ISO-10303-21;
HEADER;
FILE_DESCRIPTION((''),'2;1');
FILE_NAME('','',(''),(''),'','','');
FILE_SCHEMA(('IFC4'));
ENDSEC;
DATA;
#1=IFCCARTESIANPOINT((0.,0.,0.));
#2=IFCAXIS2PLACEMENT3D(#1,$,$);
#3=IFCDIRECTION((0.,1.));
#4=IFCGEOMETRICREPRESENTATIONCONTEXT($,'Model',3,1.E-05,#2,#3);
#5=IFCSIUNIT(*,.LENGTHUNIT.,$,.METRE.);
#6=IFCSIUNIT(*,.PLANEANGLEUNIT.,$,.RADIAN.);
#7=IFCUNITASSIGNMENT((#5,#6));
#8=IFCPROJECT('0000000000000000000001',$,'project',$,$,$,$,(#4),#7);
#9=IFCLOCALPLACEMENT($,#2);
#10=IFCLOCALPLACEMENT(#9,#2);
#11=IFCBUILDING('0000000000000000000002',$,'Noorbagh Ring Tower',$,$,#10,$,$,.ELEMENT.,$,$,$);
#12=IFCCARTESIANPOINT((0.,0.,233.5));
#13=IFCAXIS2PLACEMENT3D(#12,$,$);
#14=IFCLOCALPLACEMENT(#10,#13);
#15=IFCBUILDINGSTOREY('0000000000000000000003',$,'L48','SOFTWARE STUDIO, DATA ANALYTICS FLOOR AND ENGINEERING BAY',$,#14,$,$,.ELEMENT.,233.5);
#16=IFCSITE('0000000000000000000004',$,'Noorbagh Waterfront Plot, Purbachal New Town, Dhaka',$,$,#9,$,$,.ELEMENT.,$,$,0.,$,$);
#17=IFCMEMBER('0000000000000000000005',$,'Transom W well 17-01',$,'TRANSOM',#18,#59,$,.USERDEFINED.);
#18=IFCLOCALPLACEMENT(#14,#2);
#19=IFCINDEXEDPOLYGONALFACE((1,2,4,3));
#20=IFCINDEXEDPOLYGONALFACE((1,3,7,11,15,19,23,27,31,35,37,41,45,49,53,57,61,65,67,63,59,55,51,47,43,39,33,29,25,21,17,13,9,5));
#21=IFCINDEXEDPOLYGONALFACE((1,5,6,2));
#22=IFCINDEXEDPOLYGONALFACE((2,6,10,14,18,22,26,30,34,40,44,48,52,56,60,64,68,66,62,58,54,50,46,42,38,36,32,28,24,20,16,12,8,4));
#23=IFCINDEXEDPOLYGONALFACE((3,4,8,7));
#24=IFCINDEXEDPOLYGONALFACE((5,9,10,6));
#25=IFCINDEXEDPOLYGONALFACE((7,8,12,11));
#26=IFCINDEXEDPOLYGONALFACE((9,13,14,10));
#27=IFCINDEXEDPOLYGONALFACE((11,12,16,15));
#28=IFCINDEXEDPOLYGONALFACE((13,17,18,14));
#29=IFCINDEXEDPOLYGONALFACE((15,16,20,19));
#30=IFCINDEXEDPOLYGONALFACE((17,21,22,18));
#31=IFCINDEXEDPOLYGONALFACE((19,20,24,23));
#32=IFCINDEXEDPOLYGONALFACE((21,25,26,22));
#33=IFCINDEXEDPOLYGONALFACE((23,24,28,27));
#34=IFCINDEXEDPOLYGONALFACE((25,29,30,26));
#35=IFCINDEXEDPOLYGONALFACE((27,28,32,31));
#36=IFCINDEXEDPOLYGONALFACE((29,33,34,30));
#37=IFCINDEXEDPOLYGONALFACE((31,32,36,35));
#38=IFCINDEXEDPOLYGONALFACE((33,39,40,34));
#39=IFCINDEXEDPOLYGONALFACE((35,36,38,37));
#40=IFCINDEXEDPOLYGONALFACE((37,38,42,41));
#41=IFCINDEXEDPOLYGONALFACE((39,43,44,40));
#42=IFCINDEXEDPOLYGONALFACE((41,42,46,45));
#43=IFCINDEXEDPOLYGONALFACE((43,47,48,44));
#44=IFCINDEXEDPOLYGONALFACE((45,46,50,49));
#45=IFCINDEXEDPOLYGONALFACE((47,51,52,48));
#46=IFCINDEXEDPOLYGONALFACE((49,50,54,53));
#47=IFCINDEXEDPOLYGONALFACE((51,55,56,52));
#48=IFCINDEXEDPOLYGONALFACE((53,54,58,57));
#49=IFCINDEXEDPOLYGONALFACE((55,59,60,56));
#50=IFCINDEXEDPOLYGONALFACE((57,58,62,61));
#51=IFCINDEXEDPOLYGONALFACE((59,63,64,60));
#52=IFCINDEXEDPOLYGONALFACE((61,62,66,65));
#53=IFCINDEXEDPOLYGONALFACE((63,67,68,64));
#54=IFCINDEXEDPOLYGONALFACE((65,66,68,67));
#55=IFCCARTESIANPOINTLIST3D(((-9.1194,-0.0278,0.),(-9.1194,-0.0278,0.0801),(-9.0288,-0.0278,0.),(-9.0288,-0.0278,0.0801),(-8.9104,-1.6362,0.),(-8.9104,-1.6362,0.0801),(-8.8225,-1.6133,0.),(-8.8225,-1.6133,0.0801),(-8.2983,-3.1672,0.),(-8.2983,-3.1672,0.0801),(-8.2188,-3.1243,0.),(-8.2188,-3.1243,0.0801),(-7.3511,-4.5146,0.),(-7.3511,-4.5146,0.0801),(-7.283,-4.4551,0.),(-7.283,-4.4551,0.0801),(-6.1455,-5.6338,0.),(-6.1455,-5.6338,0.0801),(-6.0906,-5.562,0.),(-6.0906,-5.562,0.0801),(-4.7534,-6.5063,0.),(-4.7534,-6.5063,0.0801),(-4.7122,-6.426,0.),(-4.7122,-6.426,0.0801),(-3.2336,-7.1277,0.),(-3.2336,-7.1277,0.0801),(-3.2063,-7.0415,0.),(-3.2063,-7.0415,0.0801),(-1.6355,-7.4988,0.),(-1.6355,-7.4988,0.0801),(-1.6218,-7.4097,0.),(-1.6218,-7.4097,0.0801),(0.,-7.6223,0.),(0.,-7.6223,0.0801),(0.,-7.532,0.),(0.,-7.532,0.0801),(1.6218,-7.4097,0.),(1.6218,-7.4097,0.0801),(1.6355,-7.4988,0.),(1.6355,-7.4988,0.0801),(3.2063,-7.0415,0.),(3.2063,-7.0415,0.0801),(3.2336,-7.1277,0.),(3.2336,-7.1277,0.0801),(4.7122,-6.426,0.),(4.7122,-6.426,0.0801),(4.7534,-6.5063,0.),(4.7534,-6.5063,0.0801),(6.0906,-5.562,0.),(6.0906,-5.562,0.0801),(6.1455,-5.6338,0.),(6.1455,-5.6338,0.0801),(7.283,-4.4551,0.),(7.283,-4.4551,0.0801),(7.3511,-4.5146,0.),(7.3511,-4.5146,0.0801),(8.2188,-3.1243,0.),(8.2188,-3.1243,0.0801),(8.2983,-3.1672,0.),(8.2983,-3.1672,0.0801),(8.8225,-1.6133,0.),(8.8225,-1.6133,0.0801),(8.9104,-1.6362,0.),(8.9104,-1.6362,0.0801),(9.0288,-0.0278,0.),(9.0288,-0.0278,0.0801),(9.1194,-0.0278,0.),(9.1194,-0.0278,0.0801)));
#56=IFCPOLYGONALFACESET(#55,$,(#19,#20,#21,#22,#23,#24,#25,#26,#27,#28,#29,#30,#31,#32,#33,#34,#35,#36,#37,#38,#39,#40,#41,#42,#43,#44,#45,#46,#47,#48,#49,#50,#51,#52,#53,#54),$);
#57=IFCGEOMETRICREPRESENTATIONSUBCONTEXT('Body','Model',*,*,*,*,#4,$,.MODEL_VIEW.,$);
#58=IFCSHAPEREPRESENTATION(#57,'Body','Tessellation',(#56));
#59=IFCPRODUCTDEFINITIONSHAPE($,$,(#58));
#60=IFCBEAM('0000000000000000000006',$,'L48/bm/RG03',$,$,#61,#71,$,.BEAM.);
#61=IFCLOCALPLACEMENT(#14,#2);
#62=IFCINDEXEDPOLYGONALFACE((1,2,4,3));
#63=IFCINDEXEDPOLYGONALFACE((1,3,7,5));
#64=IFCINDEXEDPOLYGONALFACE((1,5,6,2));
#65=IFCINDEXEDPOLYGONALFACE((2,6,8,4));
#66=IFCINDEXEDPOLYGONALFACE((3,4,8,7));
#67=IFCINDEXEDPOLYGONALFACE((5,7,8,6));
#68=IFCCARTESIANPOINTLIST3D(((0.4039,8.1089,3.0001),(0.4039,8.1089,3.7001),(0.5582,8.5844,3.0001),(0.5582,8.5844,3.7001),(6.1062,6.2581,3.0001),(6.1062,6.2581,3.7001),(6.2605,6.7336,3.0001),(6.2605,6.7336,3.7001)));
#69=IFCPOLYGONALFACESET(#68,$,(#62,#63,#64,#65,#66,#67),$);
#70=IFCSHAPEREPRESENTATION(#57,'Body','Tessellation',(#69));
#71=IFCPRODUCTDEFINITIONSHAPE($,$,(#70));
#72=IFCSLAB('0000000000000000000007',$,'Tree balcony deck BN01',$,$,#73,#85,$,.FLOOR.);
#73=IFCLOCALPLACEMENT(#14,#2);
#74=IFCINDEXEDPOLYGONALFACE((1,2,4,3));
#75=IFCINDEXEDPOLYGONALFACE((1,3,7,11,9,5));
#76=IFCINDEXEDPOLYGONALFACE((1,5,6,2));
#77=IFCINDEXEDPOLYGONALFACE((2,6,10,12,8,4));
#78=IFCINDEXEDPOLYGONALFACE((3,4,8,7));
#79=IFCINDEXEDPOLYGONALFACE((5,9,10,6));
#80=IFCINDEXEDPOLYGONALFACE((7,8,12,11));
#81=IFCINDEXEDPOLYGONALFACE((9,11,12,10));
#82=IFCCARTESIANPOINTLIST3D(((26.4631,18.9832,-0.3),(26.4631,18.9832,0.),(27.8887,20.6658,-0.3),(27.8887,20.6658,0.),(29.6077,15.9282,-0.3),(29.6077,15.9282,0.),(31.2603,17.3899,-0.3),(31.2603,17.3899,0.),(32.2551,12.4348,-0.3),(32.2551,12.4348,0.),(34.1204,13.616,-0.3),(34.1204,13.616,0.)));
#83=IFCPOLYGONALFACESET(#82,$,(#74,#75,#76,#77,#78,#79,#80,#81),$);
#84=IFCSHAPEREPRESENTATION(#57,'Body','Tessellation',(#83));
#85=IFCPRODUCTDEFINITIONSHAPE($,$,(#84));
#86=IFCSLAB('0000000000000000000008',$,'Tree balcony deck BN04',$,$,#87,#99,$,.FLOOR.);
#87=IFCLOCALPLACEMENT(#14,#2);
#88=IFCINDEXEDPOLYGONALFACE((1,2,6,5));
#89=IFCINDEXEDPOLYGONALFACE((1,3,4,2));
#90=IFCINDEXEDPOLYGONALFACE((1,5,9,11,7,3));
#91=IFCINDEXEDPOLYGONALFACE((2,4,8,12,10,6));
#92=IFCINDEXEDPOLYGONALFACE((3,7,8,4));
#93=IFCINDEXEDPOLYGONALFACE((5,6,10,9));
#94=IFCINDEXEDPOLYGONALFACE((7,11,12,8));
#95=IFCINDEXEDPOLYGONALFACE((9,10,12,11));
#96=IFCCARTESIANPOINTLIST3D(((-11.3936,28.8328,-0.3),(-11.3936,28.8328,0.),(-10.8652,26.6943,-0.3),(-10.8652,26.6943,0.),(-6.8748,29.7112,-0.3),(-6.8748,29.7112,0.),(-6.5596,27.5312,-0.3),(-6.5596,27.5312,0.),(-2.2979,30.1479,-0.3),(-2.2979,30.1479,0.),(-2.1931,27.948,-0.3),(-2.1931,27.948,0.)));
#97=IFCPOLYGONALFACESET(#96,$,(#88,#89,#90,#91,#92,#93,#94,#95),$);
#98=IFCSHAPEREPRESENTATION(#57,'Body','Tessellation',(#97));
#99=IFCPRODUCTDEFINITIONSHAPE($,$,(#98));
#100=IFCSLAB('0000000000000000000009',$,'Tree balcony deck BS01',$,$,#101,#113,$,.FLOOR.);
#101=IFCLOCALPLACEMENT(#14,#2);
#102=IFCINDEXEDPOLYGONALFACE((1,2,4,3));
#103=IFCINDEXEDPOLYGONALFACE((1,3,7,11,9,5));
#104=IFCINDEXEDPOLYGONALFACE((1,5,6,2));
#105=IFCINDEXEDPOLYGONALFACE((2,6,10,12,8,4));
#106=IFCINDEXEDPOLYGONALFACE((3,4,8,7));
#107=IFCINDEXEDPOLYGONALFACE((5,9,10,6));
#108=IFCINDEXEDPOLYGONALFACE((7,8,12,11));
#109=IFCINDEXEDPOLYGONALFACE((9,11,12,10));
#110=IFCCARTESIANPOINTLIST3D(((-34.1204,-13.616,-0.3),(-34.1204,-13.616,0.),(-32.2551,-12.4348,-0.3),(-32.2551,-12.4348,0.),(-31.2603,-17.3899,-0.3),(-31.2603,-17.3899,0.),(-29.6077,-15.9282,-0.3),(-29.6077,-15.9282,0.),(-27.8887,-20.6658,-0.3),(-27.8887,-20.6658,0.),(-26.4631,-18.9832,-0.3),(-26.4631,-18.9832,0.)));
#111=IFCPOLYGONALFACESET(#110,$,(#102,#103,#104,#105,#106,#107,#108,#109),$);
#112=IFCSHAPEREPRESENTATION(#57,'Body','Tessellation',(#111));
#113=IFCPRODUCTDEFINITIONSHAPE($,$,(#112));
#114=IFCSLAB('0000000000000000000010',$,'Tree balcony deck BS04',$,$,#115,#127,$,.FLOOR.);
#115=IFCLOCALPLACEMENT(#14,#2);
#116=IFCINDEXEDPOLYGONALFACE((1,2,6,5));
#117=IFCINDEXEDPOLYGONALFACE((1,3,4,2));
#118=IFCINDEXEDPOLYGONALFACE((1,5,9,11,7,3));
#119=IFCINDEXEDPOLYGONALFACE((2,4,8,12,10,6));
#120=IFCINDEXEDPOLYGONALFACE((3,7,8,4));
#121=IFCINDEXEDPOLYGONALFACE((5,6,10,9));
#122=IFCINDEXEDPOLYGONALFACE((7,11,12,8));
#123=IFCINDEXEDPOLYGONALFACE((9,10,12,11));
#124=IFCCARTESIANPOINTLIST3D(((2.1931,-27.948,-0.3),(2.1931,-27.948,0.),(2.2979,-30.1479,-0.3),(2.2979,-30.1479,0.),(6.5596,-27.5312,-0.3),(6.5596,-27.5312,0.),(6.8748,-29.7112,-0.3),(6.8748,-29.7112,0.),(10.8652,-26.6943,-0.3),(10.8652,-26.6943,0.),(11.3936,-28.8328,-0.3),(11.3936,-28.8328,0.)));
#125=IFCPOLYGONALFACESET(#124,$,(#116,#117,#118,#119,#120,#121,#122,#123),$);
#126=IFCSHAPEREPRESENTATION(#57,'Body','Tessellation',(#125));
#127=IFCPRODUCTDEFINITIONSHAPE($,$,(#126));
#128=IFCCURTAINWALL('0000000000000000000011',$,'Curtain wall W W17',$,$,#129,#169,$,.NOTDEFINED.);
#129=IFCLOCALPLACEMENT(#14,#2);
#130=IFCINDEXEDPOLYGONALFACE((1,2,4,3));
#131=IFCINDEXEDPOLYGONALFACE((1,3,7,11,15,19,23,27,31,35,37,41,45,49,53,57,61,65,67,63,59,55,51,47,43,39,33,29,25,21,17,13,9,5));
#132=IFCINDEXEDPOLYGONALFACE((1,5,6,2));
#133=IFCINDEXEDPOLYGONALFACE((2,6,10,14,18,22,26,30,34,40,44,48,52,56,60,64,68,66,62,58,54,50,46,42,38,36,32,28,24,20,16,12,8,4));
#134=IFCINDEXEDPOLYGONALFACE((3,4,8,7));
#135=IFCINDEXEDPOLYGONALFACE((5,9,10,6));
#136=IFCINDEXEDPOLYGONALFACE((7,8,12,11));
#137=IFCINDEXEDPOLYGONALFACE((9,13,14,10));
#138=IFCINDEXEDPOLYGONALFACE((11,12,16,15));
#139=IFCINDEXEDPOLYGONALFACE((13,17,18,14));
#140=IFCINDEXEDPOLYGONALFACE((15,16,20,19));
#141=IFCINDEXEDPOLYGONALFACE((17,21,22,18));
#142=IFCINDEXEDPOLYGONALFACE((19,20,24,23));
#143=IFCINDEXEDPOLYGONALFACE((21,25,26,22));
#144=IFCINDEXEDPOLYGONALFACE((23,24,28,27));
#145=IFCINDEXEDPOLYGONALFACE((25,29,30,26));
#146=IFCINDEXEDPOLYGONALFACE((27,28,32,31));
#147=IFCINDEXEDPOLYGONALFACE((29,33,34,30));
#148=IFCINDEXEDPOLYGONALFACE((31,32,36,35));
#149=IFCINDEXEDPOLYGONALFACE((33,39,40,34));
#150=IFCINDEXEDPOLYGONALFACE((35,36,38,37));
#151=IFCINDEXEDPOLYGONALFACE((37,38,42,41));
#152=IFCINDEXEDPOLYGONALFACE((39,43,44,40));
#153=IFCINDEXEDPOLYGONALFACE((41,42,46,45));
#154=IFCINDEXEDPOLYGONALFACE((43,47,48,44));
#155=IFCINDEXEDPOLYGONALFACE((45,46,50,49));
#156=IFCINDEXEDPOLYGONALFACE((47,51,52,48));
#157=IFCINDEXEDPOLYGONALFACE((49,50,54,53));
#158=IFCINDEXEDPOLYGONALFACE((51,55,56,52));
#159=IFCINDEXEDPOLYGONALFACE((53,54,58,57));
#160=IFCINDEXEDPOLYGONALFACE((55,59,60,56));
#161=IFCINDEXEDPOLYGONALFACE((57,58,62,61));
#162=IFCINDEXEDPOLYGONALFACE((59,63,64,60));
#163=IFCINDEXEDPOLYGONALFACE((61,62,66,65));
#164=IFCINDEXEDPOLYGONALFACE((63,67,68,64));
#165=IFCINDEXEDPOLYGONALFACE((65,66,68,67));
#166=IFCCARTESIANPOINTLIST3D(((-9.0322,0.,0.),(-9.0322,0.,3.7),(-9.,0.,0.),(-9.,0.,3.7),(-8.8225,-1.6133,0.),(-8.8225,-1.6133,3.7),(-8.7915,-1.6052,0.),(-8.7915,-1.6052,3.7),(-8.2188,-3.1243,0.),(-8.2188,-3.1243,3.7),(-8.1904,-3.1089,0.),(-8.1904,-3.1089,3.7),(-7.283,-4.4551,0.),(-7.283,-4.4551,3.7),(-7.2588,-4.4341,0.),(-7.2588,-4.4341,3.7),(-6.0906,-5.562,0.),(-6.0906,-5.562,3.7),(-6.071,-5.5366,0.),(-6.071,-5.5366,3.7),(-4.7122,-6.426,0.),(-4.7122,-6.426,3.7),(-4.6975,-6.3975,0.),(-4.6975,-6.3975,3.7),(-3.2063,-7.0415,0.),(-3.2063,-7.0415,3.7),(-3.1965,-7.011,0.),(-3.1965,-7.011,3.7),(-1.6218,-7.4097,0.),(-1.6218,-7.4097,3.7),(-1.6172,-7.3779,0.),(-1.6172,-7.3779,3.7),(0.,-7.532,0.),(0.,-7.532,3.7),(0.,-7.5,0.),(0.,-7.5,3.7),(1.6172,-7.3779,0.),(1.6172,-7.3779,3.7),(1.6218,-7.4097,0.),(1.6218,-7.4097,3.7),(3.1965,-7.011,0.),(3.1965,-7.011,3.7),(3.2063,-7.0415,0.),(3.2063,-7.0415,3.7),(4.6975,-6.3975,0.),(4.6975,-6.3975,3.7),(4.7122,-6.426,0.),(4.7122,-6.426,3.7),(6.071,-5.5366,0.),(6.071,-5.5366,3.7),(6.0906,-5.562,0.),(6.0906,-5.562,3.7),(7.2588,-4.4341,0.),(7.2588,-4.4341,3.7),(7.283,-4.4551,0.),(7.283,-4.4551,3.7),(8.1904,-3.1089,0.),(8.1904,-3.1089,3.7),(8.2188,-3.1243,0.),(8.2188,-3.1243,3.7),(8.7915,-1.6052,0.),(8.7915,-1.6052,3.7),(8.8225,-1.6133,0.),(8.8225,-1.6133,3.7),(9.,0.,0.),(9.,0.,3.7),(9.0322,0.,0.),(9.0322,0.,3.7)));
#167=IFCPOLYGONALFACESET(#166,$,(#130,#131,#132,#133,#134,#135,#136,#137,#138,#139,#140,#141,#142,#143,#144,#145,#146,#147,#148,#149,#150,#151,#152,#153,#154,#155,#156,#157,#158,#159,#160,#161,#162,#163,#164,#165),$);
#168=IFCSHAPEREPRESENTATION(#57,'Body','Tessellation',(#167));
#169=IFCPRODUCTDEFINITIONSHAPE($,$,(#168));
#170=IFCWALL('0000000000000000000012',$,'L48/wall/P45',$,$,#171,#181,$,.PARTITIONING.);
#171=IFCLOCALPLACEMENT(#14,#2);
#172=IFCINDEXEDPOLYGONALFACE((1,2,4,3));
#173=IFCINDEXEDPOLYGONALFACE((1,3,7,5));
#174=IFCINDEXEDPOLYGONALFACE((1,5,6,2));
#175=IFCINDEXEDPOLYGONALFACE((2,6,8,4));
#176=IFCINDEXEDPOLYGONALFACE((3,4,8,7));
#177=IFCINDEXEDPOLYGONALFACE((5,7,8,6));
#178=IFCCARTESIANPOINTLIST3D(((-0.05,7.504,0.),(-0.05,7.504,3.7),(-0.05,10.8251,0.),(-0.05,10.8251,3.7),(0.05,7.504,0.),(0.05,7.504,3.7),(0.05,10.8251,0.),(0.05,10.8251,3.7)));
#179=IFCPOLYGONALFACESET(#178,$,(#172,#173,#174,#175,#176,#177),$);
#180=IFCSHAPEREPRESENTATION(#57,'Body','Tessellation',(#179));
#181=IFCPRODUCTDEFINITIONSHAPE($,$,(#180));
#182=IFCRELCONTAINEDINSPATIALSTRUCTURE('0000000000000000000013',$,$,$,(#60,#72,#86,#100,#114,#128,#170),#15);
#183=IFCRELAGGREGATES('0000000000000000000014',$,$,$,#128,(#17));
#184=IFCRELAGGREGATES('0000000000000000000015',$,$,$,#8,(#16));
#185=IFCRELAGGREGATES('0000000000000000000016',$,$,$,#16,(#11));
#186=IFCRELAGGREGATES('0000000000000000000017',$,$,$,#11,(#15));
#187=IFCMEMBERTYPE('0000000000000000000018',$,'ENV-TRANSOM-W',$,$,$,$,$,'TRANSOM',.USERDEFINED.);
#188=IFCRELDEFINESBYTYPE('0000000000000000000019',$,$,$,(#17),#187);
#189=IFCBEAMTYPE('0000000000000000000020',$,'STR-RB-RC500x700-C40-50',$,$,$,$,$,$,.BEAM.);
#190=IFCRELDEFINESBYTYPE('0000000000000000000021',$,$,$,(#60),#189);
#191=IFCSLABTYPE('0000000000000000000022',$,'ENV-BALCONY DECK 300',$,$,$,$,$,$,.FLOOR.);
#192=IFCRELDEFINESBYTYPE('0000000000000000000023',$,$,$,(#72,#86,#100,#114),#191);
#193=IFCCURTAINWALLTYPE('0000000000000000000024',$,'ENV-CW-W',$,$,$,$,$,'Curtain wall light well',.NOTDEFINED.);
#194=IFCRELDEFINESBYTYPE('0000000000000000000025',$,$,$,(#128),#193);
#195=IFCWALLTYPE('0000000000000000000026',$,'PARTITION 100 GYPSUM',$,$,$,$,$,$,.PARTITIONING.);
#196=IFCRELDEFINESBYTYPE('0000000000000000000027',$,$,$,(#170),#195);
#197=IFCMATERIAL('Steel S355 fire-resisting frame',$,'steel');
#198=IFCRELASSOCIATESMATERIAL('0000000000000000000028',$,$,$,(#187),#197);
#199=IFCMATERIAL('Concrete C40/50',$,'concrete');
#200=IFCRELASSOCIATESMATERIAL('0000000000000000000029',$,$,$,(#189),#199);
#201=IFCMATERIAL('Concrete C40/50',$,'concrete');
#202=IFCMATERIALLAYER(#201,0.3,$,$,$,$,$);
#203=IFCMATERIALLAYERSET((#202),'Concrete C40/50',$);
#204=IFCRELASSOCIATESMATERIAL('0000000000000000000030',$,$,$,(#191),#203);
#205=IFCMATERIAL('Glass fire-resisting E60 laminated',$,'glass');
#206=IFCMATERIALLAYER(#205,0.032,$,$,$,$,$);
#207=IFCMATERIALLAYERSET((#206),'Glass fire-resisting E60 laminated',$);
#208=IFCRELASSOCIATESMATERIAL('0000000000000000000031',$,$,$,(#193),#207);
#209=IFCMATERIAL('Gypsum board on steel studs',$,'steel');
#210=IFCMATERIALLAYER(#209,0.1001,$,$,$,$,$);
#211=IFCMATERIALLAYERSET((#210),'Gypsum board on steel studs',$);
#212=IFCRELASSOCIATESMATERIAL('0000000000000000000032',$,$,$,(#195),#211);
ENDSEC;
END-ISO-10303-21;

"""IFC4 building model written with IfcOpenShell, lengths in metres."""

from ifc_helpers import new_model, si_unit, direction, frame, frame_2d, origin, origin_2d, place, context, subcontext, project, spatial, polyline, rectangle, outline, extrude, material, layer, layer_set, material_profile, profile_set, type_object, element, aggregate, save


model = new_model("IFC4")

# Units and contexts
model_context = context("Model", 3, precision=1e-05, world=origin(), true_north=direction((0.0, 1.0)))
body_context = subcontext(model_context, "Body", "Model", "MODEL_VIEW")
ifc_project = project(units=[si_unit("LENGTHUNIT", "METRE"), si_unit("PLANEANGLEUNIT", "RADIAN")], contexts=[model_context])

# Site, building, storey
site_placement = place(None, origin())
site = spatial("IfcSite", under=ifc_project, at=site_placement, Name="Noorbagh Waterfront Plot, Purbachal New Town, Dhaka", CompositionType="ELEMENT", RefElevation=0.0)
building_placement = place(site_placement, origin())
building = spatial("IfcBuilding", under=site, at=building_placement, Name="Noorbagh Ring Tower", CompositionType="ELEMENT")
storey_placement = place(building_placement, frame((0.0, 0.0, 233.5)))
storey = spatial("IfcBuildingStorey", under=building, at=storey_placement, Name="L48", Description="SOFTWARE STUDIO, DATA ANALYTICS FLOOR AND ENGINEERING BAY", CompositionType="ELEMENT", Elevation=233.5)

# Member
ifc_material_1 = material(Name="Steel S355 fire-resisting frame", Category="steel")
member_type_1 = type_object("IfcMemberType", Name="ENV-TRANSOM-W", ElementType="TRANSOM", PredefinedType="USERDEFINED", material=ifc_material_1)
member_1_placement = place(storey_placement, origin())
member_1 = element("IfcMember", 1, at=member_1_placement, type_object=member_type_1, Name="Transom W well 17-01", ObjectType="TRANSOM", PredefinedType="USERDEFINED", context=body_context, shape_type="SweptSolid", body=[
    extrude(outline(polyline([(-9.1194, -0.0278), (-8.9104, -1.6362), (-8.2983, -3.1672), (-7.3511, -4.5146), (-6.1455, -5.6338), (-4.7534, -6.5063), (-3.2336, -7.1277), (-1.6355, -7.4988), (0.0, -7.6223), (1.6355, -7.4988), (3.2336, -7.1277), (4.7534, -6.5063), (6.1455, -5.6338), (7.3511, -4.5146), (8.2983, -3.1672), (8.9104, -1.6362), (9.1194, -0.0278), (9.0288, -0.0278), (8.8225, -1.6133), (8.2188, -3.1243), (7.283, -4.4551), (6.0906, -5.562), (4.7122, -6.426), (3.2063, -7.0415), (1.6218, -7.4097), (0.0, -7.532), (-1.6218, -7.4097), (-3.2063, -7.0415), (-4.7122, -6.426), (-6.0906, -5.562), (-7.283, -4.4551), (-8.2188, -3.1243), (-8.8225, -1.6133), (-9.0288, -0.0278), (-9.1194, -0.0278)])), origin(), (0.0, 0.0, 1.0), 0.0801),
])

# Beam
ifc_material_2 = material(Name="Concrete C40/50", Category="concrete")
ifc_material_profile_1 = material_profile(ifc_material_2, rectangle(XDim=0.5, YDim=0.7, at=origin_2d()), Name="RC500x700")
ifc_profile_set_1 = profile_set([ifc_material_profile_1], Name="Concrete C40/50")
beam_type = type_object("IfcBeamType", Name="STR-RB-RC500x700-C40-50", PredefinedType="BEAM", material=ifc_profile_set_1)
beam_placement = place(storey_placement, frame((6.1833, 6.4958, 3.3501), z_axis=(-0.951154, 0.308717, 0.0), x_axis=(-0.308717, -0.951154, 0.0)))
element("IfcBeam", 2, at=beam_placement, inside=storey, type_object=beam_type, Name="L48/bm/RG03", PredefinedType="BEAM", context=body_context, shape_type="SweptSolid", body=[
    extrude(rectangle(XDim=0.5, YDim=0.7, at=origin_2d()), origin(), (0.0, 0.0, 1.0), 5.9951),
])

# Slabs
ifc_material_3 = material(Name="Concrete C40/50", Category="concrete")
ifc_layer_1 = layer(ifc_material_3, 0.3)
ifc_layer_set_1 = layer_set([ifc_layer_1], Name="Concrete C40/50")
slab_type = type_object("IfcSlabType", Name="ENV-BALCONY DECK 300", PredefinedType="FLOOR", material=ifc_layer_set_1)
slab_1_placement = place(storey_placement, frame((0.0, 0.0, -0.3)))
element("IfcSlab", 3, at=slab_1_placement, inside=storey, type_object=slab_type, Name="Tree balcony deck BN01", PredefinedType="FLOOR", context=body_context, shape_type="SweptSolid", body=[
    extrude(outline(polyline([(34.1204, 13.616), (31.2603, 17.3899), (27.8887, 20.6658), (26.4631, 18.9832), (29.6077, 15.9282), (32.2551, 12.4348), (34.1204, 13.616)])), origin(), (0.0, 0.0, 1.0), 0.3),
])
slab_2_placement = place(storey_placement, frame((0.0, 0.0, -0.3)))
element("IfcSlab", 4, at=slab_2_placement, inside=storey, type_object=slab_type, Name="Tree balcony deck BN04", PredefinedType="FLOOR", context=body_context, shape_type="SweptSolid", body=[
    extrude(outline(polyline([(-2.2979, 30.1479), (-6.8748, 29.7112), (-11.3936, 28.8328), (-10.8652, 26.6943), (-6.5596, 27.5312), (-2.1931, 27.948), (-2.2979, 30.1479)])), origin(), (0.0, 0.0, 1.0), 0.3),
])
slab_3_placement = place(storey_placement, frame((0.0, 0.0, -0.3)))
element("IfcSlab", 5, at=slab_3_placement, inside=storey, type_object=slab_type, Name="Tree balcony deck BS01", PredefinedType="FLOOR", context=body_context, shape_type="SweptSolid", body=[
    extrude(outline(polyline([(-34.1204, -13.616), (-31.2603, -17.3899), (-27.8887, -20.6658), (-26.4631, -18.9832), (-29.6077, -15.9282), (-32.2551, -12.4348), (-34.1204, -13.616)])), origin(), (0.0, 0.0, 1.0), 0.3),
])
slab_4_placement = place(storey_placement, frame((0.0, 0.0, -0.3)))
element("IfcSlab", 6, at=slab_4_placement, inside=storey, type_object=slab_type, Name="Tree balcony deck BS04", PredefinedType="FLOOR", context=body_context, shape_type="SweptSolid", body=[
    extrude(outline(polyline([(2.2979, -30.1479), (6.8748, -29.7112), (11.3936, -28.8328), (10.8652, -26.6943), (6.5596, -27.5312), (2.1931, -27.948), (2.2979, -30.1479)])), origin(), (0.0, 0.0, 1.0), 0.3),
])

# Curtain wall
ifc_material_4 = material(Name="Glass fire-resisting E60 laminated", Category="glass")
ifc_layer_2 = layer(ifc_material_4, 0.032)
ifc_layer_set_2 = layer_set([ifc_layer_2], Name="Glass fire-resisting E60 laminated")
curtain_wall_type_1 = type_object("IfcCurtainWallType", Name="ENV-CW-W", ElementType="Curtain wall light well", PredefinedType="NOTDEFINED", material=ifc_layer_set_2)
curtain_wall_1_placement = place(storey_placement, origin())
curtain_wall_1 = element("IfcCurtainWall", 7, at=curtain_wall_1_placement, inside=storey, type_object=curtain_wall_type_1, Name="Curtain wall W W17", PredefinedType="NOTDEFINED", context=body_context, shape_type="SweptSolid", body=[
    extrude(outline(polyline([(-9.0322, 0.0), (-8.8225, -1.6133), (-8.2188, -3.1243), (-7.283, -4.4551), (-6.0906, -5.562), (-4.7122, -6.426), (-3.2063, -7.0415), (-1.6218, -7.4097), (0.0, -7.532), (1.6218, -7.4097), (3.2063, -7.0415), (4.7122, -6.426), (6.0906, -5.562), (7.283, -4.4551), (8.2188, -3.1243), (8.8225, -1.6133), (9.0322, 0.0), (9.0, 0.0), (8.7915, -1.6052), (8.1904, -3.1089), (7.2588, -4.4341), (6.071, -5.5366), (4.6975, -6.3975), (3.1965, -7.011), (1.6172, -7.3779), (0.0, -7.5), (-1.6172, -7.3779), (-3.1965, -7.011), (-4.6975, -6.3975), (-6.071, -5.5366), (-7.2588, -4.4341), (-8.1904, -3.1089), (-8.7915, -1.6052), (-9.0, 0.0), (-9.0322, 0.0)])), origin(), (0.0, 0.0, 1.0), 3.7),
])
aggregate(curtain_wall_1, [member_1])

# Wall
ifc_material_5 = material(Name="Gypsum board on steel studs", Category="steel")
ifc_layer_3 = layer(ifc_material_5, 0.1001)
ifc_layer_set_3 = layer_set([ifc_layer_3], Name="Gypsum board on steel studs")
wall_type = type_object("IfcWallType", Name="PARTITION 100 GYPSUM", PredefinedType="PARTITIONING", material=ifc_layer_set_3)
wall_1_placement = place(storey_placement, frame((0.0, 7.5039, 0.0), z_axis=(0.0, 0.0, 1.0), x_axis=(0.0, 1.0, 0.0)))
element("IfcWall", 8, at=wall_1_placement, inside=storey, type_object=wall_type, Name="L48/wall/P45", PredefinedType="PARTITIONING", context=body_context, shape_type="SweptSolid", body=[
    extrude(rectangle(XDim=3.321, YDim=0.1001, at=frame_2d((1.6606, 0.0))), origin(), (0.0, 0.0, 1.0), 3.7),
])

save(model, "model.ifc")
